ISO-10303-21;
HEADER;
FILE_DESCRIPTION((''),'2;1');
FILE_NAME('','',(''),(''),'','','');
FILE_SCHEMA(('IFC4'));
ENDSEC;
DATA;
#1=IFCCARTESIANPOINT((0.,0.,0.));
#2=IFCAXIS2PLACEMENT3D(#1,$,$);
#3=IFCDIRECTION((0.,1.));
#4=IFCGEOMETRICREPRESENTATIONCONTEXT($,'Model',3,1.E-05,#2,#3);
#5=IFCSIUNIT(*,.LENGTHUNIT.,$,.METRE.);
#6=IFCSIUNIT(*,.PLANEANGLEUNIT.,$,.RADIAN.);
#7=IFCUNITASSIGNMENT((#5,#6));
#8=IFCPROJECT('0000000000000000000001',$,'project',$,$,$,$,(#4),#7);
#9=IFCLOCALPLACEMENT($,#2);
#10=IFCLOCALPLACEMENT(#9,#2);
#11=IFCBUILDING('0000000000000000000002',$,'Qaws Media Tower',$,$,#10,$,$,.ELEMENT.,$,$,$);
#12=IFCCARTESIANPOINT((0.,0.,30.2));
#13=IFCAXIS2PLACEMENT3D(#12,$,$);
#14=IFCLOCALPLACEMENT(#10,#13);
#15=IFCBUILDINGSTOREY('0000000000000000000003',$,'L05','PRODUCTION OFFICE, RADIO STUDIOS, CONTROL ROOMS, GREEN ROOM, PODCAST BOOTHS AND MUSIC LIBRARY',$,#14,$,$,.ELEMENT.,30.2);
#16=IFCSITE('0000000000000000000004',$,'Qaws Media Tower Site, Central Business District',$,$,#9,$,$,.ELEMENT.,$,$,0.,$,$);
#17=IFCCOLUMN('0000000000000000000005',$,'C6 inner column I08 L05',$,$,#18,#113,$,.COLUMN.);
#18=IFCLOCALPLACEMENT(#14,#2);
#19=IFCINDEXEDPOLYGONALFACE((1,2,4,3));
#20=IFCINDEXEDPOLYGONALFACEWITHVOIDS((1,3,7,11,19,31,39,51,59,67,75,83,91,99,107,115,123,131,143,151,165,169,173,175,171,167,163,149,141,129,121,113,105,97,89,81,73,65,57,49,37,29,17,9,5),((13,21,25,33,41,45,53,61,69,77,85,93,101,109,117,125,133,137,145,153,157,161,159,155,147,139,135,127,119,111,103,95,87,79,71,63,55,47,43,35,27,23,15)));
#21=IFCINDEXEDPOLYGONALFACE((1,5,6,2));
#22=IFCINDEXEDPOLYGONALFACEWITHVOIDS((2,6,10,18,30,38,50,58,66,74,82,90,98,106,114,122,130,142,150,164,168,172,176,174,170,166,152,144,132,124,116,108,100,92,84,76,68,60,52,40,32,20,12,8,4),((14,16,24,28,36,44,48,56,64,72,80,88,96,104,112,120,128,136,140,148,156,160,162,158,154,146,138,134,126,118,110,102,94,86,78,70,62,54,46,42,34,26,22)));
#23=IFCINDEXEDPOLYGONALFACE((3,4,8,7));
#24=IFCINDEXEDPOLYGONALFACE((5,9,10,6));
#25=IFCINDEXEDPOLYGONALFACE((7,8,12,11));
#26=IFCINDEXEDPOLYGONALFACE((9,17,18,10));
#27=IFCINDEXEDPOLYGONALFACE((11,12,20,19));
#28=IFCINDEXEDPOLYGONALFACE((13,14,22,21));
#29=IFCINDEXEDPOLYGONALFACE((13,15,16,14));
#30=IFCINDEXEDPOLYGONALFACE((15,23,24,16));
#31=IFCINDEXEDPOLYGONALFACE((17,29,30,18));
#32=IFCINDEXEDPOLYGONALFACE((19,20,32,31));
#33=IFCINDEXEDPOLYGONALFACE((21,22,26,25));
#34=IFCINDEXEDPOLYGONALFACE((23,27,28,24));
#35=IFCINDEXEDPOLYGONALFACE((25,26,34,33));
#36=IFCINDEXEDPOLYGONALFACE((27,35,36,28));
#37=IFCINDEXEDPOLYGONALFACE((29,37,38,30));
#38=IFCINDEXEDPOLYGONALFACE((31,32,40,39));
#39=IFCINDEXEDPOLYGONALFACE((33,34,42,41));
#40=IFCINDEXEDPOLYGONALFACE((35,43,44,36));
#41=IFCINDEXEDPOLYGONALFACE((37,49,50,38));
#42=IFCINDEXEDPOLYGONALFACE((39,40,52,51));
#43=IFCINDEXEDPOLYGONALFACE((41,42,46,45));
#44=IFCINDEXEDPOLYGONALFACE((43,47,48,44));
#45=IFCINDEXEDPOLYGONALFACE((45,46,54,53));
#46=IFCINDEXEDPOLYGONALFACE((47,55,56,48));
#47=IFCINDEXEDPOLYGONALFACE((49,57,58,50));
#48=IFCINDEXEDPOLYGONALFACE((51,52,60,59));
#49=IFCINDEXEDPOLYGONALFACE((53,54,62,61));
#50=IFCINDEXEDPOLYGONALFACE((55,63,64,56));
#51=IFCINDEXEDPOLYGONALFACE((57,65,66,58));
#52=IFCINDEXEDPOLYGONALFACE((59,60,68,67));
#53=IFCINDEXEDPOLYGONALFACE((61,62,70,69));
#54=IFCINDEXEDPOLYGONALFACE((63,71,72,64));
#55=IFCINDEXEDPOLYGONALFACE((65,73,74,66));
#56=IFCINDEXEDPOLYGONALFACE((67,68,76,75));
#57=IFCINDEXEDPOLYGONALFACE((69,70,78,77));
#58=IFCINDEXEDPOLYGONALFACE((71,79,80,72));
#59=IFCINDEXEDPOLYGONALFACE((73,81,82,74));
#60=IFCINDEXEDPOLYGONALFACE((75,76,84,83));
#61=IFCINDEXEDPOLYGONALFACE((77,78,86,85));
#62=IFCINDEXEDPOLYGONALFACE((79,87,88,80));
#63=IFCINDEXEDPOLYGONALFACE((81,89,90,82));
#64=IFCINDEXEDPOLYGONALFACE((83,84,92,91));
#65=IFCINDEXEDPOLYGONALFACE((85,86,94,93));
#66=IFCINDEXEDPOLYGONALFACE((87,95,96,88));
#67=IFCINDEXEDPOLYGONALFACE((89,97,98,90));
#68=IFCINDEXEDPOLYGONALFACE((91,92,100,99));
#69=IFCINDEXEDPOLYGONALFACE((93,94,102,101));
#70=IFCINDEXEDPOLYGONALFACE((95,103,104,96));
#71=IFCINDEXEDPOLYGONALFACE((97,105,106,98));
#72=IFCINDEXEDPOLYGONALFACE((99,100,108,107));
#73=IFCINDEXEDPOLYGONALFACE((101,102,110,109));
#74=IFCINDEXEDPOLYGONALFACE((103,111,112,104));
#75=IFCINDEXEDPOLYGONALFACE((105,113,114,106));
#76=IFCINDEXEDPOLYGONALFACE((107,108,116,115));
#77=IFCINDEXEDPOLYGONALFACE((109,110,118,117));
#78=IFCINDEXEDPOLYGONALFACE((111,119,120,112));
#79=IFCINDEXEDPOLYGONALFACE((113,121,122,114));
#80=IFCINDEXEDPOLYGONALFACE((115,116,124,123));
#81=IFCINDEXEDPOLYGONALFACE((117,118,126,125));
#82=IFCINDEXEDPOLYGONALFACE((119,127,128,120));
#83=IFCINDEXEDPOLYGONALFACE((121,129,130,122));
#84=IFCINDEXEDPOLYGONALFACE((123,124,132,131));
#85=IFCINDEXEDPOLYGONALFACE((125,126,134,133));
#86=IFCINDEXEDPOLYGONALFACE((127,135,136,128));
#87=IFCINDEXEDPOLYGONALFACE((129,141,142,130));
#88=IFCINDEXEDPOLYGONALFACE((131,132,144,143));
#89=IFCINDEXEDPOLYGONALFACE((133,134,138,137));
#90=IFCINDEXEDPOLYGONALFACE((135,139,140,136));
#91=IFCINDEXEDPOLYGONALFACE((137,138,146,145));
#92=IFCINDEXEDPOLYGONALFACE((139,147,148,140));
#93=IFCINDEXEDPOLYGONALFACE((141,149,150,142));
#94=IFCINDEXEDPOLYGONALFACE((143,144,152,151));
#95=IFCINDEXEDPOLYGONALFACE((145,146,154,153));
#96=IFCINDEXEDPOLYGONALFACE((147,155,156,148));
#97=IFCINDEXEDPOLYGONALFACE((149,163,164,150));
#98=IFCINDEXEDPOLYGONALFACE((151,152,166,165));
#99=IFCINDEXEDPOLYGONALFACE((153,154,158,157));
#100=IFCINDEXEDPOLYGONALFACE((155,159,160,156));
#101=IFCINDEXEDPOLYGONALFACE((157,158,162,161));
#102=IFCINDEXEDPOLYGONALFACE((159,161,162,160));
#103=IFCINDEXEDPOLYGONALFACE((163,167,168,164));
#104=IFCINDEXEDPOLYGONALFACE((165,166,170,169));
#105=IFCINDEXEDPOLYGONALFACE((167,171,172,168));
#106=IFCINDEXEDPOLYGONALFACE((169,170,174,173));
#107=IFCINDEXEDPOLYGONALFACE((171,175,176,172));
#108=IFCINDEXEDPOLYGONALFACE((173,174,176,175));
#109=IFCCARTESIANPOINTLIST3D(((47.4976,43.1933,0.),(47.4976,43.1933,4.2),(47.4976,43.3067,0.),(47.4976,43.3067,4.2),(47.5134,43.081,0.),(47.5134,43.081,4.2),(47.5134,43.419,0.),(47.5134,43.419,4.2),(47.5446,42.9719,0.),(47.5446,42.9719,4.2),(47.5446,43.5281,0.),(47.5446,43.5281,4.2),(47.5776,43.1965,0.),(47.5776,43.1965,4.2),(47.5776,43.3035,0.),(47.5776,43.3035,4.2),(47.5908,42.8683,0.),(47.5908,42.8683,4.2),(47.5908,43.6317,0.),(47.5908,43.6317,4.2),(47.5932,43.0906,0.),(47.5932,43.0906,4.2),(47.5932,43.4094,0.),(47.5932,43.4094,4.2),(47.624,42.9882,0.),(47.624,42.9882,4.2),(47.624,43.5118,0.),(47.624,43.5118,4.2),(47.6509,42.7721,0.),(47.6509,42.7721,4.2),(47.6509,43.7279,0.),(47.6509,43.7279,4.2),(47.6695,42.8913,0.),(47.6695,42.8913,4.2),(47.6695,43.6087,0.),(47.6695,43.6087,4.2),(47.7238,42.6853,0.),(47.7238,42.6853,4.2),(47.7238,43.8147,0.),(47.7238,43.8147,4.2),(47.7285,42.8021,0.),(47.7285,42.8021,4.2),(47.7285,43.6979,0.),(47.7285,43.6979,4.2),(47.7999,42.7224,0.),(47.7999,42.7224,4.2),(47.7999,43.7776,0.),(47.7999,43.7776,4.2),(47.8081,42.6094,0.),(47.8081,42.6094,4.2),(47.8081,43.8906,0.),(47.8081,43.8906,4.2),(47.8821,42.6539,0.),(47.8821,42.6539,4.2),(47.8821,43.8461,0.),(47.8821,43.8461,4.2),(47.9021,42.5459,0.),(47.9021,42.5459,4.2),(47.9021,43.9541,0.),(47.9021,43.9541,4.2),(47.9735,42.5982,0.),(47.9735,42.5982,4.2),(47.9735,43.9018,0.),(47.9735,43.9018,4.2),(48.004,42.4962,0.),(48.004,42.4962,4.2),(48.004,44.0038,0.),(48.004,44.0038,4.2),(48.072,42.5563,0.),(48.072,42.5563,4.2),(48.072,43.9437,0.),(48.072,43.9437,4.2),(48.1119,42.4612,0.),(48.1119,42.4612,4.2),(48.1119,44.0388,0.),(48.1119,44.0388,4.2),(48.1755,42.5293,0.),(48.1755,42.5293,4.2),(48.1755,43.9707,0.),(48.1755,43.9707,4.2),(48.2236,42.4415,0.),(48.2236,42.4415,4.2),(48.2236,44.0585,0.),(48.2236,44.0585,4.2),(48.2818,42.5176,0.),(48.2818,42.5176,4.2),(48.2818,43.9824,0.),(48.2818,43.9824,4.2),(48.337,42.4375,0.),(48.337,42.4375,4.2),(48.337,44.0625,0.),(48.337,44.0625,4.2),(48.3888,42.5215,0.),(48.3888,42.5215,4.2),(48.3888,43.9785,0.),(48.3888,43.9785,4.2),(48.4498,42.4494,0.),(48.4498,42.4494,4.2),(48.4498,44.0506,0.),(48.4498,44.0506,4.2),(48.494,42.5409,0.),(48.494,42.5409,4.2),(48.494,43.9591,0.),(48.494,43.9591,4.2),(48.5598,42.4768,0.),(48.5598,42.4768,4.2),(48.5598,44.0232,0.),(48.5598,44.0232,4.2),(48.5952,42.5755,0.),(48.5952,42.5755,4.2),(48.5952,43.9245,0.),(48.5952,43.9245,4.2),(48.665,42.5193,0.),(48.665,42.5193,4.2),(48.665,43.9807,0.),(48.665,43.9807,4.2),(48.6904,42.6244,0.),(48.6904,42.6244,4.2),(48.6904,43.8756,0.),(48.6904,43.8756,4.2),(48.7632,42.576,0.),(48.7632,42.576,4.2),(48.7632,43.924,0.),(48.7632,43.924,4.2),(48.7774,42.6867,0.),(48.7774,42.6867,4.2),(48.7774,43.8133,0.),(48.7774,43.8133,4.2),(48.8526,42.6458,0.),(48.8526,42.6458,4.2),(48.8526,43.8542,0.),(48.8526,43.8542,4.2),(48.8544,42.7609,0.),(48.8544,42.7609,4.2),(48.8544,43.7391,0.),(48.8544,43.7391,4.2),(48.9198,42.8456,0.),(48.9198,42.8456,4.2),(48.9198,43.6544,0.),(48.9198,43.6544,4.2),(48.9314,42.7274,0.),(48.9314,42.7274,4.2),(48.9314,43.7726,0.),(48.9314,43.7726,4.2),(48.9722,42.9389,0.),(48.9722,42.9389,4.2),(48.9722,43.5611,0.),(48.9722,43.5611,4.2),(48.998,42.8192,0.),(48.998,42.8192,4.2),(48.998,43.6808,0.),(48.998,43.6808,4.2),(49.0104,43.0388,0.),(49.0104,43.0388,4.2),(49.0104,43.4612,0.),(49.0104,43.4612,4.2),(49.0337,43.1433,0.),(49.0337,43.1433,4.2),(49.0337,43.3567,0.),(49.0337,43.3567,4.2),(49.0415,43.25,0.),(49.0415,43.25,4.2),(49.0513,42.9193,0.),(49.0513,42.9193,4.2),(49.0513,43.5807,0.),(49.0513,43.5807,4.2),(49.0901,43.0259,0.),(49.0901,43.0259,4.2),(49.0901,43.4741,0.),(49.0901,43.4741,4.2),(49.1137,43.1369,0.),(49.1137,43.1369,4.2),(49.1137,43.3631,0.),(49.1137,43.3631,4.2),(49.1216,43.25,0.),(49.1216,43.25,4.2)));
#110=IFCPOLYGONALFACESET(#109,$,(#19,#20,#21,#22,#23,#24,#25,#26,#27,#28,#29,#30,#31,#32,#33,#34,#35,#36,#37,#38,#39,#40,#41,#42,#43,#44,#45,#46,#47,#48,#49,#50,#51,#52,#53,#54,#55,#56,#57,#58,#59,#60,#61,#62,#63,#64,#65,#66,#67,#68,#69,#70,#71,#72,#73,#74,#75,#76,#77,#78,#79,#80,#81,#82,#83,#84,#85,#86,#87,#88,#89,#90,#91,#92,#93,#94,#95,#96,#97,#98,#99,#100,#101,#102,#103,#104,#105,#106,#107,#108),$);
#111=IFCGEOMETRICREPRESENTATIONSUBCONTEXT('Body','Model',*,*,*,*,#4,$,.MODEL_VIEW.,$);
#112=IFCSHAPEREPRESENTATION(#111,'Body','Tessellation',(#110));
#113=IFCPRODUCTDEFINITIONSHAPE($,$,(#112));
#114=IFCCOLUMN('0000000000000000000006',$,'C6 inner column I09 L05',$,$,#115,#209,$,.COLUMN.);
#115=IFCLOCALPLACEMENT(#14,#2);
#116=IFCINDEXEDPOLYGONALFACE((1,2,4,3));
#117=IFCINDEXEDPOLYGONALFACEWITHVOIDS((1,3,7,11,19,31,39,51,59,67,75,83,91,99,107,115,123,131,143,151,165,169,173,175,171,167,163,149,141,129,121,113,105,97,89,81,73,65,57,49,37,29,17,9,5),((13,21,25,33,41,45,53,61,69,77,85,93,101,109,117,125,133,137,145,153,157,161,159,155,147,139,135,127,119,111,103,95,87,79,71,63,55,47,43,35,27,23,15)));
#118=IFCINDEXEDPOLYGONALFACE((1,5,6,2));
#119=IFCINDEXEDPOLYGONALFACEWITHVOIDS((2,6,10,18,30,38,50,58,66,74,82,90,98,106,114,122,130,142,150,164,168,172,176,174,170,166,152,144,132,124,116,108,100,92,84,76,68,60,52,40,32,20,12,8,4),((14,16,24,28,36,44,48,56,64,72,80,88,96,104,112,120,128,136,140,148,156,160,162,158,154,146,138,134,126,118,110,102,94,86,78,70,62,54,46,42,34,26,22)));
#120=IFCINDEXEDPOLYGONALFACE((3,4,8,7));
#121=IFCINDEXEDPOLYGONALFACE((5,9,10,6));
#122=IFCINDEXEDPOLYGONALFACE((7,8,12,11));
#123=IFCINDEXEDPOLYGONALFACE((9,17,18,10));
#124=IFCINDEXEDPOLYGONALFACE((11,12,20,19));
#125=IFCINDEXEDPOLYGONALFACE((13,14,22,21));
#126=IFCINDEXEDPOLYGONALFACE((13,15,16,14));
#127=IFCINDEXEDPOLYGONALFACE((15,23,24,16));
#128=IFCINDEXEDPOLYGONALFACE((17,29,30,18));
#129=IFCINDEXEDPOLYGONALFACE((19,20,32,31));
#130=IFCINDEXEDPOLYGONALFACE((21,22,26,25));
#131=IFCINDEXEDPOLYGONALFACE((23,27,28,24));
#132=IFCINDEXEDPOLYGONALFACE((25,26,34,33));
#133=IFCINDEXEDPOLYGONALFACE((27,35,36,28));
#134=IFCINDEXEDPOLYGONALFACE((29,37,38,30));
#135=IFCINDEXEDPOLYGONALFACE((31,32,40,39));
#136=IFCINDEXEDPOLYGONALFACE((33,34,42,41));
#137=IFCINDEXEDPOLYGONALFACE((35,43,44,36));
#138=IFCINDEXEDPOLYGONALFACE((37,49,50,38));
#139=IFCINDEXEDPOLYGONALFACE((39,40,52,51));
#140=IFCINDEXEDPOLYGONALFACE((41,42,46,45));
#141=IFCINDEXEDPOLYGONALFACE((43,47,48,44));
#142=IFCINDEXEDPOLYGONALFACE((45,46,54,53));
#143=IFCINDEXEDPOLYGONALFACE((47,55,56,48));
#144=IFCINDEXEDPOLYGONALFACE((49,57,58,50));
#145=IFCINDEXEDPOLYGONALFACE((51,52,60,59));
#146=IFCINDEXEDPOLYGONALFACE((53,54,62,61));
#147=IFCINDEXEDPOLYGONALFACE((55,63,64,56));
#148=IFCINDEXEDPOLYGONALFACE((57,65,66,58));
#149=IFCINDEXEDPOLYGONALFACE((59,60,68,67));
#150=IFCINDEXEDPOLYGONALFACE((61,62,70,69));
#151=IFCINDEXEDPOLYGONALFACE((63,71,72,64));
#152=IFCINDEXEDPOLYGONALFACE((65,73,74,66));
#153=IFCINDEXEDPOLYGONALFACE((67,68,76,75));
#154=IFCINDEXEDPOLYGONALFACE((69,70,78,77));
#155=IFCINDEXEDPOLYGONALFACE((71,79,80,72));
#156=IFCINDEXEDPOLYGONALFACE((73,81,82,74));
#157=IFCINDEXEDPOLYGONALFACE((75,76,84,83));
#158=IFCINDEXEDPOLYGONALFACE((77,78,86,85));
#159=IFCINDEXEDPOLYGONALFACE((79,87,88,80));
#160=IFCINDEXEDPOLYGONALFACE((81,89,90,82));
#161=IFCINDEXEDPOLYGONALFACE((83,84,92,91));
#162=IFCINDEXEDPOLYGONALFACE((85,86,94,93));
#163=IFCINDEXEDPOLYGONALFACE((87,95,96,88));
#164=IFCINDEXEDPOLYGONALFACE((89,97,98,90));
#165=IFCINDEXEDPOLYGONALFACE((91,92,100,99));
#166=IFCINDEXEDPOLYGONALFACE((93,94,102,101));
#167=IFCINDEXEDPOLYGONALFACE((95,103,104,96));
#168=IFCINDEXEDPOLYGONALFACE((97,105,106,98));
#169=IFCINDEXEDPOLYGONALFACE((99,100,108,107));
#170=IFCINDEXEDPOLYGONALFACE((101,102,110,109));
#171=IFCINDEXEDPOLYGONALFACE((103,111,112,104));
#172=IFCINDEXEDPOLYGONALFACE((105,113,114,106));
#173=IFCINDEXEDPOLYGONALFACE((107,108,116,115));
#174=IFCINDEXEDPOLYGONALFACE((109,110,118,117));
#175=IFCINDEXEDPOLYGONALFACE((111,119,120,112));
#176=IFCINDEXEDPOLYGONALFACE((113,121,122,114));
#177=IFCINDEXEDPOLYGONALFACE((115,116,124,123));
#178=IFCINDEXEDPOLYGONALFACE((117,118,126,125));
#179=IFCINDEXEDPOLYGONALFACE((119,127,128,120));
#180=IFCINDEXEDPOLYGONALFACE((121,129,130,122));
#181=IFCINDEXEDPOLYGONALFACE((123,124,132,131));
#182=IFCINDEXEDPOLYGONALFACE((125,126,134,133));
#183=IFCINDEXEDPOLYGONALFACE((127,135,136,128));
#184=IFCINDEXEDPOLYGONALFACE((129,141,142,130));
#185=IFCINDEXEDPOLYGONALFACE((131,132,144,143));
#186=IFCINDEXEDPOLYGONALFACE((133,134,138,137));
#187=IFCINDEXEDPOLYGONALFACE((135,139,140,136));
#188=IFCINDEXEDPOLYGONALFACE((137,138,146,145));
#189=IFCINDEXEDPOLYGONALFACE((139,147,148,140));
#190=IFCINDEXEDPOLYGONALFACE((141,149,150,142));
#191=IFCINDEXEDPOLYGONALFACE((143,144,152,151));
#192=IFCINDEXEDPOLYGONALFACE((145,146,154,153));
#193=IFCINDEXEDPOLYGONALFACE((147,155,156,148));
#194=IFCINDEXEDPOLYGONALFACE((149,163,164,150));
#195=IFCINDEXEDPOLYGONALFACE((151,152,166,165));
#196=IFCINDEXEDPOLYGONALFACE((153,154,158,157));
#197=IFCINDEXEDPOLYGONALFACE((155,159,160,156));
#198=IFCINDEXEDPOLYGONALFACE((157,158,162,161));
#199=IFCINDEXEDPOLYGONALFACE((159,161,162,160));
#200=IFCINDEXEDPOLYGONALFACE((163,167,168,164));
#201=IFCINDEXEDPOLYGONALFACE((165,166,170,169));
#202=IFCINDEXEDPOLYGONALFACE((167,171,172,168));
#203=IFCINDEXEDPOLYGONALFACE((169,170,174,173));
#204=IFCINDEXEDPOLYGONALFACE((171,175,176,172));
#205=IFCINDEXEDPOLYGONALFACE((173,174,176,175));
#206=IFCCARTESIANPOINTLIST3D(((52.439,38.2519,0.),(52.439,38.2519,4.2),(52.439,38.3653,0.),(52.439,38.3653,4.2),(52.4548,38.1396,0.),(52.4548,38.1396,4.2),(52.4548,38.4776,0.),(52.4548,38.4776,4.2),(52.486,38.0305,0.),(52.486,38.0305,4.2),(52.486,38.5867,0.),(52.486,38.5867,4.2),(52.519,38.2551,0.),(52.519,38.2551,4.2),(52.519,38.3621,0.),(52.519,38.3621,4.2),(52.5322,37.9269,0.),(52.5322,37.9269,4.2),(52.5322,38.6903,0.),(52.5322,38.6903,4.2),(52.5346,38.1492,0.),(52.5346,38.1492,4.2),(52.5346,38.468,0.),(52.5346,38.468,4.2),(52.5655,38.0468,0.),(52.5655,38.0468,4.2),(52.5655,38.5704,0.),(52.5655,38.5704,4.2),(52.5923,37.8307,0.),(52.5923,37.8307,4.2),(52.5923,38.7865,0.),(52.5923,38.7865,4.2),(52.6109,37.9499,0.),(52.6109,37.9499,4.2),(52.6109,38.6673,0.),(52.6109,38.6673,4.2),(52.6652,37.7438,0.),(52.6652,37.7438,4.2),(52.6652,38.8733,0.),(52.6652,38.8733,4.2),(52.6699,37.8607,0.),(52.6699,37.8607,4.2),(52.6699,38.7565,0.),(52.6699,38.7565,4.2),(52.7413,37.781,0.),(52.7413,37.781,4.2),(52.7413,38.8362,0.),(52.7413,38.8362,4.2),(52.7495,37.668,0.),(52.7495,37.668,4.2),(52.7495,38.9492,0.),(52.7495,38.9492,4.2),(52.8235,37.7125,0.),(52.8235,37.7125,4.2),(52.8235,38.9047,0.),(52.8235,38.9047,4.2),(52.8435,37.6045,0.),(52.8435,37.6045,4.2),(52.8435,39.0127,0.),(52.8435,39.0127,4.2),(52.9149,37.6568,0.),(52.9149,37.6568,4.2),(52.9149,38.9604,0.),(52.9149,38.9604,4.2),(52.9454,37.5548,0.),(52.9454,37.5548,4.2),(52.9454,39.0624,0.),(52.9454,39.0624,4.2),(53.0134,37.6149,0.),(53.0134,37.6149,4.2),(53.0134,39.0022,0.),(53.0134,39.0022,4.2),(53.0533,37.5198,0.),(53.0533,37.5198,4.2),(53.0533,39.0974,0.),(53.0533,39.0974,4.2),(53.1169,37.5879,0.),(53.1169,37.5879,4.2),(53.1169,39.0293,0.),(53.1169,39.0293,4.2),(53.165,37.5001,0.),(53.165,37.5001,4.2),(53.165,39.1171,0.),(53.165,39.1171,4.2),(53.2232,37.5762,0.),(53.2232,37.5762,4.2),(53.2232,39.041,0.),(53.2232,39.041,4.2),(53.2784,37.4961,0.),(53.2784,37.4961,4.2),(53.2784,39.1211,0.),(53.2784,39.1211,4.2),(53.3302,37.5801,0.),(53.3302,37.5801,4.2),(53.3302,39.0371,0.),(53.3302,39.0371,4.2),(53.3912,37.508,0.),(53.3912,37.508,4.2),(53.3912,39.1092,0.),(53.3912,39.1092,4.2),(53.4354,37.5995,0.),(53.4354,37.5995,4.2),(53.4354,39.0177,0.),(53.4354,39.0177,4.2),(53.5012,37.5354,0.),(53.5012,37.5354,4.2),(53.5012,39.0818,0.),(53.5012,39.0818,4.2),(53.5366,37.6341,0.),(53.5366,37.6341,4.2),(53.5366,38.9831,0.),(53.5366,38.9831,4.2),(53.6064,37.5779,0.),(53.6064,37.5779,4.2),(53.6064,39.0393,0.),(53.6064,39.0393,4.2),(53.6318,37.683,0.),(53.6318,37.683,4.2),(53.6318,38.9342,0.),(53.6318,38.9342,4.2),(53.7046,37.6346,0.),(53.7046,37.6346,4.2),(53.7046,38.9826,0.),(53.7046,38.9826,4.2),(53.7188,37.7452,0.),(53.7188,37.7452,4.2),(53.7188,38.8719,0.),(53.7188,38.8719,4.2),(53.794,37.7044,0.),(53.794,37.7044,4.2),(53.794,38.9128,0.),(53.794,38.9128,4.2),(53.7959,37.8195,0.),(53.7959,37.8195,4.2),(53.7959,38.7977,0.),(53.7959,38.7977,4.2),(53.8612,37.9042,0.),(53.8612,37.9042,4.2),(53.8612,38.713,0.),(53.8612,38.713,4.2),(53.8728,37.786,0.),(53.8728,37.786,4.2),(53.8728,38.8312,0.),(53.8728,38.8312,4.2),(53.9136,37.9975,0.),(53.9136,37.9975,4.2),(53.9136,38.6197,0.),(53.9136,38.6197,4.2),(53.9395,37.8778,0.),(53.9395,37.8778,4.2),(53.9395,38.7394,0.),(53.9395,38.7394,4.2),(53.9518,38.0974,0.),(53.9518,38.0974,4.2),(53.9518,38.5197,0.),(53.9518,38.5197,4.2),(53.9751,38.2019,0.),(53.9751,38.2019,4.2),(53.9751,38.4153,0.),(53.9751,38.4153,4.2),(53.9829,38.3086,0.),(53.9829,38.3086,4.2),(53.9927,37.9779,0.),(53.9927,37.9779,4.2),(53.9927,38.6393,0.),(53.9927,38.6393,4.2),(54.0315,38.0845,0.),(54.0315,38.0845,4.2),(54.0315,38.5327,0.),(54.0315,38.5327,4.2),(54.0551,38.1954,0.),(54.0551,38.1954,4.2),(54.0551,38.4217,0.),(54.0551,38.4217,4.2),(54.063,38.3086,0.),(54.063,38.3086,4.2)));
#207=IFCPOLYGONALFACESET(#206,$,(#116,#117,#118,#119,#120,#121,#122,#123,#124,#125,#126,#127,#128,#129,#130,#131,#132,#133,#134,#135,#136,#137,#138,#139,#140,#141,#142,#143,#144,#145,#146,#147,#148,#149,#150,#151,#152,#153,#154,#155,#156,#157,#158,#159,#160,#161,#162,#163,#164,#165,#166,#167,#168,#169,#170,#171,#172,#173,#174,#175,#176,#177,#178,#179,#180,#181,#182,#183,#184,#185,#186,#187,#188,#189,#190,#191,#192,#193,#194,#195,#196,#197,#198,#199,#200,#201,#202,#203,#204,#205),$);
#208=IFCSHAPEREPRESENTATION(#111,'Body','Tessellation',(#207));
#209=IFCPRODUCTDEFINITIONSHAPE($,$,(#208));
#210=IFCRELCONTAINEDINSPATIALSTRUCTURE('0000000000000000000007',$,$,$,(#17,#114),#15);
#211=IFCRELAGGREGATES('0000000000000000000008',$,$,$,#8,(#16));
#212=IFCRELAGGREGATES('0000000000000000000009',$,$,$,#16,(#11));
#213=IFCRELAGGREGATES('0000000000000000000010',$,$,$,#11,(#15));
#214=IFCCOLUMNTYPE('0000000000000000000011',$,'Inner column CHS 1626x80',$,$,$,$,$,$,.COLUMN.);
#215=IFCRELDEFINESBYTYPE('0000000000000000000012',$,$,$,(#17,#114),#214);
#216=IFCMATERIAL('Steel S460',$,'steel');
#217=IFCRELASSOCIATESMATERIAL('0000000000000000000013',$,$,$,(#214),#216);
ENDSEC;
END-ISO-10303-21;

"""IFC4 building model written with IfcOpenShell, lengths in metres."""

from ifc_helpers import new_model, si_unit, direction, frame, origin, origin_2d, place, context, subcontext, project, spatial, hollow_circle, extrude, material, material_profile, profile_set, type_object, element, save


model = new_model("IFC4")

# Units and contexts
model_context = context("Model", 3, precision=1e-05, world=origin(), true_north=direction((0.0, 1.0)))
body_context = subcontext(model_context, "Body", "Model", "MODEL_VIEW")
ifc_project = project(units=[si_unit("LENGTHUNIT", "METRE"), si_unit("PLANEANGLEUNIT", "RADIAN")], contexts=[model_context])

# Site, building, storey
site_placement = place(None, origin())
site = spatial("IfcSite", under=ifc_project, at=site_placement, Name="Qaws Media Tower Site, Central Business District", CompositionType="ELEMENT", RefElevation=0.0)
building_placement = place(site_placement, origin())
building = spatial("IfcBuilding", under=site, at=building_placement, Name="Qaws Media Tower", CompositionType="ELEMENT")
storey_placement = place(building_placement, frame((0.0, 0.0, 30.2)))
storey = spatial("IfcBuildingStorey", under=building, at=storey_placement, Name="L05", Description="PRODUCTION OFFICE, RADIO STUDIOS, CONTROL ROOMS, GREEN ROOM, PODCAST BOOTHS AND MUSIC LIBRARY", CompositionType="ELEMENT", Elevation=30.2)

# Columns
ifc_material_1 = material(Name="Steel S460", Category="steel")
ifc_material_profile_1 = material_profile(ifc_material_1, hollow_circle(Radius=0.813, WallThickness=0.0801, at=origin_2d()), Name="CHS 1626x80")
ifc_profile_set_1 = profile_set([ifc_material_profile_1], Name="Steel S460")
column_type = type_object("IfcColumnType", Name="Inner column CHS 1626x80", PredefinedType="COLUMN", material=ifc_profile_set_1)
for number, where, z_axis, x_axis, name in (
    (1, (48.3086, 43.25, 0.0), (0.0, 0.0, 1.0), (1.0, 0.0, 0.0), "C6 inner column I08 L05"),
    (2, (53.25, 38.3086, 0.0), (0.0, 0.0, 1.0), (1.0, 0.0, 0.0), "C6 inner column I09 L05"),
):
    element("IfcColumn", number, at=place(storey_placement, frame(where, z_axis=z_axis, x_axis=x_axis)), inside=storey, type_object=column_type, Name=name, PredefinedType="COLUMN", context=body_context, shape_type="SweptSolid", body=[
        extrude(hollow_circle(Radius=0.813, WallThickness=0.0801, at=origin_2d()), origin(), (0.0, 0.0, 1.0), 4.2),
    ])

save(model, "model.ifc")
